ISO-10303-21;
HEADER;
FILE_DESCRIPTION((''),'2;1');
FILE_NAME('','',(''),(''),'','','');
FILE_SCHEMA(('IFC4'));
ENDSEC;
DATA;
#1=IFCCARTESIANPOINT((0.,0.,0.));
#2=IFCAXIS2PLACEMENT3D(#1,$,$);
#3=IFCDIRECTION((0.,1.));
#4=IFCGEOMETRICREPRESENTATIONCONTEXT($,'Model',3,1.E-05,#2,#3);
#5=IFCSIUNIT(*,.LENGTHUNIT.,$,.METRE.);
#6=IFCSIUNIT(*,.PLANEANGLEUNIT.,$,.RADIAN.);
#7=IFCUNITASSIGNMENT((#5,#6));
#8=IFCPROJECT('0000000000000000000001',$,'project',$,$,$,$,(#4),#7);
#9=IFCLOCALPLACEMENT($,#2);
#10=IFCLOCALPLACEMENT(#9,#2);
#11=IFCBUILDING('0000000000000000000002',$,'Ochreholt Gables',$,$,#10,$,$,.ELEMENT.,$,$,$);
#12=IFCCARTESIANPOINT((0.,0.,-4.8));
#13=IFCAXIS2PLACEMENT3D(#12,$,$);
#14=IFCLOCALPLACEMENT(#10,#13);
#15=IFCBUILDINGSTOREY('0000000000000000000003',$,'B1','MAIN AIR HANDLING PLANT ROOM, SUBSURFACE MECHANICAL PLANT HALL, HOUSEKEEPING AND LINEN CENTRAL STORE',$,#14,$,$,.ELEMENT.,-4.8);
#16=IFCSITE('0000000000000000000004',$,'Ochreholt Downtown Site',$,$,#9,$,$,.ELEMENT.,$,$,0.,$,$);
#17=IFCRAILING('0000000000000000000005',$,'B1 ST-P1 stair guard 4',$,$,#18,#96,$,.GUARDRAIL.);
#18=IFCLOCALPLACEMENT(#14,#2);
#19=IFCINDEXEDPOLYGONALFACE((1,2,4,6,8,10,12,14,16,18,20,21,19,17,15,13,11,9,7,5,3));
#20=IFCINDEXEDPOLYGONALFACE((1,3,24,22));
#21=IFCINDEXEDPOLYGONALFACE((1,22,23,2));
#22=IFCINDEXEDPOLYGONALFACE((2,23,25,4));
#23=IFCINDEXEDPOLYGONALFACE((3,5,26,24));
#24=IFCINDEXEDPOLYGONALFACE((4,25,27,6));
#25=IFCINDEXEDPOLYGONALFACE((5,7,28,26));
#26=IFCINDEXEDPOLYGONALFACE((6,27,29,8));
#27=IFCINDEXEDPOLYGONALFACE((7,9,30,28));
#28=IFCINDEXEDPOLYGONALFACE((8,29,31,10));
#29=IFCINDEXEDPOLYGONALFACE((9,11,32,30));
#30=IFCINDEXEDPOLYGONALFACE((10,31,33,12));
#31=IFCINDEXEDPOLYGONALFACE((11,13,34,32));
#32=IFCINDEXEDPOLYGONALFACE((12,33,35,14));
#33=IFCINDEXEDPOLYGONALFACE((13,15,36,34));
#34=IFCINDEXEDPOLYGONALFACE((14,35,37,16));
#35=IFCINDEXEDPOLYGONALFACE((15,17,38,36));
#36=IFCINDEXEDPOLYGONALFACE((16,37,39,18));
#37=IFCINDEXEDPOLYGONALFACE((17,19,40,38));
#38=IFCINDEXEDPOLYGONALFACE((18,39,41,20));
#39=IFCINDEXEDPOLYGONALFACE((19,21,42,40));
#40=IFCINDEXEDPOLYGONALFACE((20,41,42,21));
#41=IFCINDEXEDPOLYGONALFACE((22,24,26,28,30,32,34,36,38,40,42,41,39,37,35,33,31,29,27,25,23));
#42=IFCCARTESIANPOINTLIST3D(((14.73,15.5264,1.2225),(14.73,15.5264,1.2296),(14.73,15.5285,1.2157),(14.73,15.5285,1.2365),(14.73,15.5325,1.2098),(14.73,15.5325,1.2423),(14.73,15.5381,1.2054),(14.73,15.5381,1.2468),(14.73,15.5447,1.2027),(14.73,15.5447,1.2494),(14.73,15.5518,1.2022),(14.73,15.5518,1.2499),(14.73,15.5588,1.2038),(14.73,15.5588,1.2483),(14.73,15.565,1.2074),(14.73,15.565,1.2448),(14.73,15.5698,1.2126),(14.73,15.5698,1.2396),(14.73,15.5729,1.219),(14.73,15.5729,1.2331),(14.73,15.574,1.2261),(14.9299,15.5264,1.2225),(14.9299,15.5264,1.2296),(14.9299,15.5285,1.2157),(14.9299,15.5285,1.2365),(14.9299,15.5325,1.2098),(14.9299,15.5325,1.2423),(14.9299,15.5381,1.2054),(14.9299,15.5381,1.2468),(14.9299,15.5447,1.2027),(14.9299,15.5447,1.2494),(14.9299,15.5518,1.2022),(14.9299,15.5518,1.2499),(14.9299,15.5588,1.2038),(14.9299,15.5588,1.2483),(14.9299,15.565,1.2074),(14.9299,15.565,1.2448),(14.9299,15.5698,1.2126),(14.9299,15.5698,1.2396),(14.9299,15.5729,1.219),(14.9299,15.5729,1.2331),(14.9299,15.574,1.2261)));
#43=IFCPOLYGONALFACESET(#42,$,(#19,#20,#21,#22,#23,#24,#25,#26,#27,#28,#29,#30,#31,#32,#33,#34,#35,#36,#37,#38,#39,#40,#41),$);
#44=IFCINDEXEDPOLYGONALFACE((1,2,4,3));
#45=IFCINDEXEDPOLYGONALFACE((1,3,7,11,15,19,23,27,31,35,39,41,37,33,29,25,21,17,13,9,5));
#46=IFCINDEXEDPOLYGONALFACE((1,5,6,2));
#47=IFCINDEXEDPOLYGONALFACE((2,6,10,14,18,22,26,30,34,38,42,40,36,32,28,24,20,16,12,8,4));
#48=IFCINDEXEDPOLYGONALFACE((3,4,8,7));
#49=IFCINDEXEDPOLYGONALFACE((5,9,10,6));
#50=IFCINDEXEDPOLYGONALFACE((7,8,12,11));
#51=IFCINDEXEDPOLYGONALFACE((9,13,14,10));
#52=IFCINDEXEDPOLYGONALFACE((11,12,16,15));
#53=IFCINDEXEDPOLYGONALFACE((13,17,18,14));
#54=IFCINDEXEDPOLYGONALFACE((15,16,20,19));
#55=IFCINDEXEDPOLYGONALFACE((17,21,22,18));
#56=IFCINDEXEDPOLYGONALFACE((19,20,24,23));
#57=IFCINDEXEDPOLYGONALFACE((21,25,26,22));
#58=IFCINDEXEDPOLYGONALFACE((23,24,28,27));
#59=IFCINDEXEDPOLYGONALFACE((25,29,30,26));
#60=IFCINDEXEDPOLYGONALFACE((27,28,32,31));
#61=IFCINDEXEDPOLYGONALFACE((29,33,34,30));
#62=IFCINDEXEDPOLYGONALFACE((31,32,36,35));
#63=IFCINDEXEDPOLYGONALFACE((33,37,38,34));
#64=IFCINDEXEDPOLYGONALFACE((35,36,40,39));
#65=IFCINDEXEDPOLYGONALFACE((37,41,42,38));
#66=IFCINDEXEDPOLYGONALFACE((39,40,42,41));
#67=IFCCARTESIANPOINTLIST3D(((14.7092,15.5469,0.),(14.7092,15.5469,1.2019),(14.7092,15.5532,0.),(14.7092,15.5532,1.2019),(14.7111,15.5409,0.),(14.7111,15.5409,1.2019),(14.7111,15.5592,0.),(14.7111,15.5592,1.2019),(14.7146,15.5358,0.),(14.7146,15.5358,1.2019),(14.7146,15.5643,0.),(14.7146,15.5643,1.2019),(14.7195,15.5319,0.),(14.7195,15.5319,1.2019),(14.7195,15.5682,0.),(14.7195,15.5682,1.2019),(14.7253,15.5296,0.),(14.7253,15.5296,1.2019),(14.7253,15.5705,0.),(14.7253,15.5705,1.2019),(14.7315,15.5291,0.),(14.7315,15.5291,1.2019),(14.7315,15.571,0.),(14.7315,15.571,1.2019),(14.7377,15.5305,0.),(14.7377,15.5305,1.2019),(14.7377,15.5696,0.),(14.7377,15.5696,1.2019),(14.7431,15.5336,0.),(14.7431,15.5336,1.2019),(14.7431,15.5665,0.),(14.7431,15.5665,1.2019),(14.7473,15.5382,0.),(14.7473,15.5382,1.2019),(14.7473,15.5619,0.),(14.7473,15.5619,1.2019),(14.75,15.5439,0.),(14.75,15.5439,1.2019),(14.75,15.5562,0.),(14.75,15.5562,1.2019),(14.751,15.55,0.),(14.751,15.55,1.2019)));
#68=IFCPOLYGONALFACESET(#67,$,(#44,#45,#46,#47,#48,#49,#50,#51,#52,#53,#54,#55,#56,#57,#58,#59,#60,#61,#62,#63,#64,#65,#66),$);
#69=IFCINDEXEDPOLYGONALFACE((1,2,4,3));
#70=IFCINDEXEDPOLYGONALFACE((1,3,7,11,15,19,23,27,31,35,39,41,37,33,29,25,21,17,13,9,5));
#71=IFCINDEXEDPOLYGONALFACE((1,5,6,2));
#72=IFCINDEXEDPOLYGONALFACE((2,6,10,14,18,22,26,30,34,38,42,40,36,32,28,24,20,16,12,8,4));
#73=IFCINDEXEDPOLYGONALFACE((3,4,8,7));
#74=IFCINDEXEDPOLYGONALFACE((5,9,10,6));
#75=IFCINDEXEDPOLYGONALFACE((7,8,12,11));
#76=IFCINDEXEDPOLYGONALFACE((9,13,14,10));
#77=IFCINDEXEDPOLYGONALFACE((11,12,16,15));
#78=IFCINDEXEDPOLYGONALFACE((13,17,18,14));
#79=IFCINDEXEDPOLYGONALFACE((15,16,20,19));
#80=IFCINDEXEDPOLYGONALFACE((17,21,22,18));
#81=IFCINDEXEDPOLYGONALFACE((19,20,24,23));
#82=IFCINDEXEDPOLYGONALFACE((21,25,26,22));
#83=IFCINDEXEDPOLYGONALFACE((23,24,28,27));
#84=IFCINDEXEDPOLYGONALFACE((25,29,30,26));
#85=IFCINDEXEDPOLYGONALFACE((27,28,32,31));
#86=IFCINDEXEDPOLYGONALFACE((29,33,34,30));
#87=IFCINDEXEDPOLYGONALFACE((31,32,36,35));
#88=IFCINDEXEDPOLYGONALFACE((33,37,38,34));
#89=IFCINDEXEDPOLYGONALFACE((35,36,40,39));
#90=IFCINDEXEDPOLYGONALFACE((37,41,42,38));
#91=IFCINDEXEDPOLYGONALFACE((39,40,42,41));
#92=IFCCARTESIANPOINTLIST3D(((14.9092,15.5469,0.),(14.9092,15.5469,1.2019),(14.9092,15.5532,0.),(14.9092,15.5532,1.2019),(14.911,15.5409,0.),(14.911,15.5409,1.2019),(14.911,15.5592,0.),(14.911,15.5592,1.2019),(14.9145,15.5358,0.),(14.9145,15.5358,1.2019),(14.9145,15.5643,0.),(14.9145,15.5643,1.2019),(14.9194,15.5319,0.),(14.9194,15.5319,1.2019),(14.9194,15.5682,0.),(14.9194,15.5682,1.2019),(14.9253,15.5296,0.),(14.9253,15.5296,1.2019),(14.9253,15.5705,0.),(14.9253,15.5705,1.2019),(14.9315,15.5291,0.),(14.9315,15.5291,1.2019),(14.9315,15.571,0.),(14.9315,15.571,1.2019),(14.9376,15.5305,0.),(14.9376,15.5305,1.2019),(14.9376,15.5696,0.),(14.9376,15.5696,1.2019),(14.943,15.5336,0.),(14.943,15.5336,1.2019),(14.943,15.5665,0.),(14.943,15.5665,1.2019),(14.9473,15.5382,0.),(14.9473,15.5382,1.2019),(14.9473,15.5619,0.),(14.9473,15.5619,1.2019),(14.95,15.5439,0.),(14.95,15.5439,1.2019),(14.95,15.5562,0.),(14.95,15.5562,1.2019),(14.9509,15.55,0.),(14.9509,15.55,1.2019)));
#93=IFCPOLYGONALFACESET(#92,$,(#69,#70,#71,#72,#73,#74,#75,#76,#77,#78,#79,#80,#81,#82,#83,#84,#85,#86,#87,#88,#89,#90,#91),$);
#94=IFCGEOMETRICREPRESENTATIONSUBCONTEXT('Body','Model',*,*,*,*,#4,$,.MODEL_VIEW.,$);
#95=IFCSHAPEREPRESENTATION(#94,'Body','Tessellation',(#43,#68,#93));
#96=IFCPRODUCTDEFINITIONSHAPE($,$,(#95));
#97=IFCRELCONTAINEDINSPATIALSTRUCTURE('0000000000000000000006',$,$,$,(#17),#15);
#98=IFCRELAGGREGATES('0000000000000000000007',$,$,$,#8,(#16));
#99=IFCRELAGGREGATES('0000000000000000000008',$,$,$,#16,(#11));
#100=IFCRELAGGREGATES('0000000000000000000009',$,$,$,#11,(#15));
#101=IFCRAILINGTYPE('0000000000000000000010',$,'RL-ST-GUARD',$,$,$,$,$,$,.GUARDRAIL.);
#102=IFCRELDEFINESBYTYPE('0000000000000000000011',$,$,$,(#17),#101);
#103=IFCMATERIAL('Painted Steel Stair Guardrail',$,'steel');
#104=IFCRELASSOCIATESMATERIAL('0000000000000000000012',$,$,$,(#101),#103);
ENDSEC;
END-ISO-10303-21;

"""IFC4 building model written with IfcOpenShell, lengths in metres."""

from ifc_helpers import new_model, si_unit, direction, frame, origin, origin_2d, place, context, subcontext, project, spatial, circle, extrude, material, type_object, element, save


model = new_model("IFC4")

# Units and contexts
model_context = context("Model", 3, precision=1e-05, world=origin(), true_north=direction((0.0, 1.0)))
body_context = subcontext(model_context, "Body", "Model", "MODEL_VIEW")
ifc_project = project(units=[si_unit("LENGTHUNIT", "METRE"), si_unit("PLANEANGLEUNIT", "RADIAN")], contexts=[model_context])

# Site, building, storey
site_placement = place(None, origin())
site = spatial("IfcSite", under=ifc_project, at=site_placement, Name="Ochreholt Downtown Site", CompositionType="ELEMENT", RefElevation=0.0)
building_placement = place(site_placement, origin())
building = spatial("IfcBuilding", under=site, at=building_placement, Name="Ochreholt Gables", CompositionType="ELEMENT")
storey_placement = place(building_placement, frame((0.0, 0.0, -4.8)))
storey = spatial("IfcBuildingStorey", under=building, at=storey_placement, Name="B1", Description="MAIN AIR HANDLING PLANT ROOM, SUBSURFACE MECHANICAL PLANT HALL, HOUSEKEEPING AND LINEN CENTRAL STORE", CompositionType="ELEMENT", Elevation=-4.8)

# Railing
ifc_material_1 = material(Name="Painted Steel Stair Guardrail", Category="steel")
railing_type_1 = type_object("IfcRailingType", Name="RL-ST-GUARD", PredefinedType="GUARDRAIL", material=ifc_material_1)
railing_1_placement = place(storey_placement, frame((14.73, 15.55, 0.0)))
element("IfcRailing", 1, at=railing_1_placement, inside=storey, type_object=railing_type_1, Name="B1 ST-P1 stair guard 4", PredefinedType="GUARDRAIL", context=body_context, shape_type="SweptSolid", body=[
    extrude(circle(Radius=0.0239, at=origin_2d()), frame((0.0, 0.0, 1.2261), z_axis=(1.0, 0.0, 0.0), x_axis=(0.0, 1.0, 0.0)), (0.0, 0.0, 1.0), 0.2),
    extrude(circle(Radius=0.021, at=origin_2d()), origin(), (0.0, 0.0, 1.0), 1.2019),
    extrude(circle(Radius=0.021, at=origin_2d()), frame((0.2, 0.0, 0.0)), (0.0, 0.0, 1.0), 1.2019),
])

save(model, "model.ifc")
